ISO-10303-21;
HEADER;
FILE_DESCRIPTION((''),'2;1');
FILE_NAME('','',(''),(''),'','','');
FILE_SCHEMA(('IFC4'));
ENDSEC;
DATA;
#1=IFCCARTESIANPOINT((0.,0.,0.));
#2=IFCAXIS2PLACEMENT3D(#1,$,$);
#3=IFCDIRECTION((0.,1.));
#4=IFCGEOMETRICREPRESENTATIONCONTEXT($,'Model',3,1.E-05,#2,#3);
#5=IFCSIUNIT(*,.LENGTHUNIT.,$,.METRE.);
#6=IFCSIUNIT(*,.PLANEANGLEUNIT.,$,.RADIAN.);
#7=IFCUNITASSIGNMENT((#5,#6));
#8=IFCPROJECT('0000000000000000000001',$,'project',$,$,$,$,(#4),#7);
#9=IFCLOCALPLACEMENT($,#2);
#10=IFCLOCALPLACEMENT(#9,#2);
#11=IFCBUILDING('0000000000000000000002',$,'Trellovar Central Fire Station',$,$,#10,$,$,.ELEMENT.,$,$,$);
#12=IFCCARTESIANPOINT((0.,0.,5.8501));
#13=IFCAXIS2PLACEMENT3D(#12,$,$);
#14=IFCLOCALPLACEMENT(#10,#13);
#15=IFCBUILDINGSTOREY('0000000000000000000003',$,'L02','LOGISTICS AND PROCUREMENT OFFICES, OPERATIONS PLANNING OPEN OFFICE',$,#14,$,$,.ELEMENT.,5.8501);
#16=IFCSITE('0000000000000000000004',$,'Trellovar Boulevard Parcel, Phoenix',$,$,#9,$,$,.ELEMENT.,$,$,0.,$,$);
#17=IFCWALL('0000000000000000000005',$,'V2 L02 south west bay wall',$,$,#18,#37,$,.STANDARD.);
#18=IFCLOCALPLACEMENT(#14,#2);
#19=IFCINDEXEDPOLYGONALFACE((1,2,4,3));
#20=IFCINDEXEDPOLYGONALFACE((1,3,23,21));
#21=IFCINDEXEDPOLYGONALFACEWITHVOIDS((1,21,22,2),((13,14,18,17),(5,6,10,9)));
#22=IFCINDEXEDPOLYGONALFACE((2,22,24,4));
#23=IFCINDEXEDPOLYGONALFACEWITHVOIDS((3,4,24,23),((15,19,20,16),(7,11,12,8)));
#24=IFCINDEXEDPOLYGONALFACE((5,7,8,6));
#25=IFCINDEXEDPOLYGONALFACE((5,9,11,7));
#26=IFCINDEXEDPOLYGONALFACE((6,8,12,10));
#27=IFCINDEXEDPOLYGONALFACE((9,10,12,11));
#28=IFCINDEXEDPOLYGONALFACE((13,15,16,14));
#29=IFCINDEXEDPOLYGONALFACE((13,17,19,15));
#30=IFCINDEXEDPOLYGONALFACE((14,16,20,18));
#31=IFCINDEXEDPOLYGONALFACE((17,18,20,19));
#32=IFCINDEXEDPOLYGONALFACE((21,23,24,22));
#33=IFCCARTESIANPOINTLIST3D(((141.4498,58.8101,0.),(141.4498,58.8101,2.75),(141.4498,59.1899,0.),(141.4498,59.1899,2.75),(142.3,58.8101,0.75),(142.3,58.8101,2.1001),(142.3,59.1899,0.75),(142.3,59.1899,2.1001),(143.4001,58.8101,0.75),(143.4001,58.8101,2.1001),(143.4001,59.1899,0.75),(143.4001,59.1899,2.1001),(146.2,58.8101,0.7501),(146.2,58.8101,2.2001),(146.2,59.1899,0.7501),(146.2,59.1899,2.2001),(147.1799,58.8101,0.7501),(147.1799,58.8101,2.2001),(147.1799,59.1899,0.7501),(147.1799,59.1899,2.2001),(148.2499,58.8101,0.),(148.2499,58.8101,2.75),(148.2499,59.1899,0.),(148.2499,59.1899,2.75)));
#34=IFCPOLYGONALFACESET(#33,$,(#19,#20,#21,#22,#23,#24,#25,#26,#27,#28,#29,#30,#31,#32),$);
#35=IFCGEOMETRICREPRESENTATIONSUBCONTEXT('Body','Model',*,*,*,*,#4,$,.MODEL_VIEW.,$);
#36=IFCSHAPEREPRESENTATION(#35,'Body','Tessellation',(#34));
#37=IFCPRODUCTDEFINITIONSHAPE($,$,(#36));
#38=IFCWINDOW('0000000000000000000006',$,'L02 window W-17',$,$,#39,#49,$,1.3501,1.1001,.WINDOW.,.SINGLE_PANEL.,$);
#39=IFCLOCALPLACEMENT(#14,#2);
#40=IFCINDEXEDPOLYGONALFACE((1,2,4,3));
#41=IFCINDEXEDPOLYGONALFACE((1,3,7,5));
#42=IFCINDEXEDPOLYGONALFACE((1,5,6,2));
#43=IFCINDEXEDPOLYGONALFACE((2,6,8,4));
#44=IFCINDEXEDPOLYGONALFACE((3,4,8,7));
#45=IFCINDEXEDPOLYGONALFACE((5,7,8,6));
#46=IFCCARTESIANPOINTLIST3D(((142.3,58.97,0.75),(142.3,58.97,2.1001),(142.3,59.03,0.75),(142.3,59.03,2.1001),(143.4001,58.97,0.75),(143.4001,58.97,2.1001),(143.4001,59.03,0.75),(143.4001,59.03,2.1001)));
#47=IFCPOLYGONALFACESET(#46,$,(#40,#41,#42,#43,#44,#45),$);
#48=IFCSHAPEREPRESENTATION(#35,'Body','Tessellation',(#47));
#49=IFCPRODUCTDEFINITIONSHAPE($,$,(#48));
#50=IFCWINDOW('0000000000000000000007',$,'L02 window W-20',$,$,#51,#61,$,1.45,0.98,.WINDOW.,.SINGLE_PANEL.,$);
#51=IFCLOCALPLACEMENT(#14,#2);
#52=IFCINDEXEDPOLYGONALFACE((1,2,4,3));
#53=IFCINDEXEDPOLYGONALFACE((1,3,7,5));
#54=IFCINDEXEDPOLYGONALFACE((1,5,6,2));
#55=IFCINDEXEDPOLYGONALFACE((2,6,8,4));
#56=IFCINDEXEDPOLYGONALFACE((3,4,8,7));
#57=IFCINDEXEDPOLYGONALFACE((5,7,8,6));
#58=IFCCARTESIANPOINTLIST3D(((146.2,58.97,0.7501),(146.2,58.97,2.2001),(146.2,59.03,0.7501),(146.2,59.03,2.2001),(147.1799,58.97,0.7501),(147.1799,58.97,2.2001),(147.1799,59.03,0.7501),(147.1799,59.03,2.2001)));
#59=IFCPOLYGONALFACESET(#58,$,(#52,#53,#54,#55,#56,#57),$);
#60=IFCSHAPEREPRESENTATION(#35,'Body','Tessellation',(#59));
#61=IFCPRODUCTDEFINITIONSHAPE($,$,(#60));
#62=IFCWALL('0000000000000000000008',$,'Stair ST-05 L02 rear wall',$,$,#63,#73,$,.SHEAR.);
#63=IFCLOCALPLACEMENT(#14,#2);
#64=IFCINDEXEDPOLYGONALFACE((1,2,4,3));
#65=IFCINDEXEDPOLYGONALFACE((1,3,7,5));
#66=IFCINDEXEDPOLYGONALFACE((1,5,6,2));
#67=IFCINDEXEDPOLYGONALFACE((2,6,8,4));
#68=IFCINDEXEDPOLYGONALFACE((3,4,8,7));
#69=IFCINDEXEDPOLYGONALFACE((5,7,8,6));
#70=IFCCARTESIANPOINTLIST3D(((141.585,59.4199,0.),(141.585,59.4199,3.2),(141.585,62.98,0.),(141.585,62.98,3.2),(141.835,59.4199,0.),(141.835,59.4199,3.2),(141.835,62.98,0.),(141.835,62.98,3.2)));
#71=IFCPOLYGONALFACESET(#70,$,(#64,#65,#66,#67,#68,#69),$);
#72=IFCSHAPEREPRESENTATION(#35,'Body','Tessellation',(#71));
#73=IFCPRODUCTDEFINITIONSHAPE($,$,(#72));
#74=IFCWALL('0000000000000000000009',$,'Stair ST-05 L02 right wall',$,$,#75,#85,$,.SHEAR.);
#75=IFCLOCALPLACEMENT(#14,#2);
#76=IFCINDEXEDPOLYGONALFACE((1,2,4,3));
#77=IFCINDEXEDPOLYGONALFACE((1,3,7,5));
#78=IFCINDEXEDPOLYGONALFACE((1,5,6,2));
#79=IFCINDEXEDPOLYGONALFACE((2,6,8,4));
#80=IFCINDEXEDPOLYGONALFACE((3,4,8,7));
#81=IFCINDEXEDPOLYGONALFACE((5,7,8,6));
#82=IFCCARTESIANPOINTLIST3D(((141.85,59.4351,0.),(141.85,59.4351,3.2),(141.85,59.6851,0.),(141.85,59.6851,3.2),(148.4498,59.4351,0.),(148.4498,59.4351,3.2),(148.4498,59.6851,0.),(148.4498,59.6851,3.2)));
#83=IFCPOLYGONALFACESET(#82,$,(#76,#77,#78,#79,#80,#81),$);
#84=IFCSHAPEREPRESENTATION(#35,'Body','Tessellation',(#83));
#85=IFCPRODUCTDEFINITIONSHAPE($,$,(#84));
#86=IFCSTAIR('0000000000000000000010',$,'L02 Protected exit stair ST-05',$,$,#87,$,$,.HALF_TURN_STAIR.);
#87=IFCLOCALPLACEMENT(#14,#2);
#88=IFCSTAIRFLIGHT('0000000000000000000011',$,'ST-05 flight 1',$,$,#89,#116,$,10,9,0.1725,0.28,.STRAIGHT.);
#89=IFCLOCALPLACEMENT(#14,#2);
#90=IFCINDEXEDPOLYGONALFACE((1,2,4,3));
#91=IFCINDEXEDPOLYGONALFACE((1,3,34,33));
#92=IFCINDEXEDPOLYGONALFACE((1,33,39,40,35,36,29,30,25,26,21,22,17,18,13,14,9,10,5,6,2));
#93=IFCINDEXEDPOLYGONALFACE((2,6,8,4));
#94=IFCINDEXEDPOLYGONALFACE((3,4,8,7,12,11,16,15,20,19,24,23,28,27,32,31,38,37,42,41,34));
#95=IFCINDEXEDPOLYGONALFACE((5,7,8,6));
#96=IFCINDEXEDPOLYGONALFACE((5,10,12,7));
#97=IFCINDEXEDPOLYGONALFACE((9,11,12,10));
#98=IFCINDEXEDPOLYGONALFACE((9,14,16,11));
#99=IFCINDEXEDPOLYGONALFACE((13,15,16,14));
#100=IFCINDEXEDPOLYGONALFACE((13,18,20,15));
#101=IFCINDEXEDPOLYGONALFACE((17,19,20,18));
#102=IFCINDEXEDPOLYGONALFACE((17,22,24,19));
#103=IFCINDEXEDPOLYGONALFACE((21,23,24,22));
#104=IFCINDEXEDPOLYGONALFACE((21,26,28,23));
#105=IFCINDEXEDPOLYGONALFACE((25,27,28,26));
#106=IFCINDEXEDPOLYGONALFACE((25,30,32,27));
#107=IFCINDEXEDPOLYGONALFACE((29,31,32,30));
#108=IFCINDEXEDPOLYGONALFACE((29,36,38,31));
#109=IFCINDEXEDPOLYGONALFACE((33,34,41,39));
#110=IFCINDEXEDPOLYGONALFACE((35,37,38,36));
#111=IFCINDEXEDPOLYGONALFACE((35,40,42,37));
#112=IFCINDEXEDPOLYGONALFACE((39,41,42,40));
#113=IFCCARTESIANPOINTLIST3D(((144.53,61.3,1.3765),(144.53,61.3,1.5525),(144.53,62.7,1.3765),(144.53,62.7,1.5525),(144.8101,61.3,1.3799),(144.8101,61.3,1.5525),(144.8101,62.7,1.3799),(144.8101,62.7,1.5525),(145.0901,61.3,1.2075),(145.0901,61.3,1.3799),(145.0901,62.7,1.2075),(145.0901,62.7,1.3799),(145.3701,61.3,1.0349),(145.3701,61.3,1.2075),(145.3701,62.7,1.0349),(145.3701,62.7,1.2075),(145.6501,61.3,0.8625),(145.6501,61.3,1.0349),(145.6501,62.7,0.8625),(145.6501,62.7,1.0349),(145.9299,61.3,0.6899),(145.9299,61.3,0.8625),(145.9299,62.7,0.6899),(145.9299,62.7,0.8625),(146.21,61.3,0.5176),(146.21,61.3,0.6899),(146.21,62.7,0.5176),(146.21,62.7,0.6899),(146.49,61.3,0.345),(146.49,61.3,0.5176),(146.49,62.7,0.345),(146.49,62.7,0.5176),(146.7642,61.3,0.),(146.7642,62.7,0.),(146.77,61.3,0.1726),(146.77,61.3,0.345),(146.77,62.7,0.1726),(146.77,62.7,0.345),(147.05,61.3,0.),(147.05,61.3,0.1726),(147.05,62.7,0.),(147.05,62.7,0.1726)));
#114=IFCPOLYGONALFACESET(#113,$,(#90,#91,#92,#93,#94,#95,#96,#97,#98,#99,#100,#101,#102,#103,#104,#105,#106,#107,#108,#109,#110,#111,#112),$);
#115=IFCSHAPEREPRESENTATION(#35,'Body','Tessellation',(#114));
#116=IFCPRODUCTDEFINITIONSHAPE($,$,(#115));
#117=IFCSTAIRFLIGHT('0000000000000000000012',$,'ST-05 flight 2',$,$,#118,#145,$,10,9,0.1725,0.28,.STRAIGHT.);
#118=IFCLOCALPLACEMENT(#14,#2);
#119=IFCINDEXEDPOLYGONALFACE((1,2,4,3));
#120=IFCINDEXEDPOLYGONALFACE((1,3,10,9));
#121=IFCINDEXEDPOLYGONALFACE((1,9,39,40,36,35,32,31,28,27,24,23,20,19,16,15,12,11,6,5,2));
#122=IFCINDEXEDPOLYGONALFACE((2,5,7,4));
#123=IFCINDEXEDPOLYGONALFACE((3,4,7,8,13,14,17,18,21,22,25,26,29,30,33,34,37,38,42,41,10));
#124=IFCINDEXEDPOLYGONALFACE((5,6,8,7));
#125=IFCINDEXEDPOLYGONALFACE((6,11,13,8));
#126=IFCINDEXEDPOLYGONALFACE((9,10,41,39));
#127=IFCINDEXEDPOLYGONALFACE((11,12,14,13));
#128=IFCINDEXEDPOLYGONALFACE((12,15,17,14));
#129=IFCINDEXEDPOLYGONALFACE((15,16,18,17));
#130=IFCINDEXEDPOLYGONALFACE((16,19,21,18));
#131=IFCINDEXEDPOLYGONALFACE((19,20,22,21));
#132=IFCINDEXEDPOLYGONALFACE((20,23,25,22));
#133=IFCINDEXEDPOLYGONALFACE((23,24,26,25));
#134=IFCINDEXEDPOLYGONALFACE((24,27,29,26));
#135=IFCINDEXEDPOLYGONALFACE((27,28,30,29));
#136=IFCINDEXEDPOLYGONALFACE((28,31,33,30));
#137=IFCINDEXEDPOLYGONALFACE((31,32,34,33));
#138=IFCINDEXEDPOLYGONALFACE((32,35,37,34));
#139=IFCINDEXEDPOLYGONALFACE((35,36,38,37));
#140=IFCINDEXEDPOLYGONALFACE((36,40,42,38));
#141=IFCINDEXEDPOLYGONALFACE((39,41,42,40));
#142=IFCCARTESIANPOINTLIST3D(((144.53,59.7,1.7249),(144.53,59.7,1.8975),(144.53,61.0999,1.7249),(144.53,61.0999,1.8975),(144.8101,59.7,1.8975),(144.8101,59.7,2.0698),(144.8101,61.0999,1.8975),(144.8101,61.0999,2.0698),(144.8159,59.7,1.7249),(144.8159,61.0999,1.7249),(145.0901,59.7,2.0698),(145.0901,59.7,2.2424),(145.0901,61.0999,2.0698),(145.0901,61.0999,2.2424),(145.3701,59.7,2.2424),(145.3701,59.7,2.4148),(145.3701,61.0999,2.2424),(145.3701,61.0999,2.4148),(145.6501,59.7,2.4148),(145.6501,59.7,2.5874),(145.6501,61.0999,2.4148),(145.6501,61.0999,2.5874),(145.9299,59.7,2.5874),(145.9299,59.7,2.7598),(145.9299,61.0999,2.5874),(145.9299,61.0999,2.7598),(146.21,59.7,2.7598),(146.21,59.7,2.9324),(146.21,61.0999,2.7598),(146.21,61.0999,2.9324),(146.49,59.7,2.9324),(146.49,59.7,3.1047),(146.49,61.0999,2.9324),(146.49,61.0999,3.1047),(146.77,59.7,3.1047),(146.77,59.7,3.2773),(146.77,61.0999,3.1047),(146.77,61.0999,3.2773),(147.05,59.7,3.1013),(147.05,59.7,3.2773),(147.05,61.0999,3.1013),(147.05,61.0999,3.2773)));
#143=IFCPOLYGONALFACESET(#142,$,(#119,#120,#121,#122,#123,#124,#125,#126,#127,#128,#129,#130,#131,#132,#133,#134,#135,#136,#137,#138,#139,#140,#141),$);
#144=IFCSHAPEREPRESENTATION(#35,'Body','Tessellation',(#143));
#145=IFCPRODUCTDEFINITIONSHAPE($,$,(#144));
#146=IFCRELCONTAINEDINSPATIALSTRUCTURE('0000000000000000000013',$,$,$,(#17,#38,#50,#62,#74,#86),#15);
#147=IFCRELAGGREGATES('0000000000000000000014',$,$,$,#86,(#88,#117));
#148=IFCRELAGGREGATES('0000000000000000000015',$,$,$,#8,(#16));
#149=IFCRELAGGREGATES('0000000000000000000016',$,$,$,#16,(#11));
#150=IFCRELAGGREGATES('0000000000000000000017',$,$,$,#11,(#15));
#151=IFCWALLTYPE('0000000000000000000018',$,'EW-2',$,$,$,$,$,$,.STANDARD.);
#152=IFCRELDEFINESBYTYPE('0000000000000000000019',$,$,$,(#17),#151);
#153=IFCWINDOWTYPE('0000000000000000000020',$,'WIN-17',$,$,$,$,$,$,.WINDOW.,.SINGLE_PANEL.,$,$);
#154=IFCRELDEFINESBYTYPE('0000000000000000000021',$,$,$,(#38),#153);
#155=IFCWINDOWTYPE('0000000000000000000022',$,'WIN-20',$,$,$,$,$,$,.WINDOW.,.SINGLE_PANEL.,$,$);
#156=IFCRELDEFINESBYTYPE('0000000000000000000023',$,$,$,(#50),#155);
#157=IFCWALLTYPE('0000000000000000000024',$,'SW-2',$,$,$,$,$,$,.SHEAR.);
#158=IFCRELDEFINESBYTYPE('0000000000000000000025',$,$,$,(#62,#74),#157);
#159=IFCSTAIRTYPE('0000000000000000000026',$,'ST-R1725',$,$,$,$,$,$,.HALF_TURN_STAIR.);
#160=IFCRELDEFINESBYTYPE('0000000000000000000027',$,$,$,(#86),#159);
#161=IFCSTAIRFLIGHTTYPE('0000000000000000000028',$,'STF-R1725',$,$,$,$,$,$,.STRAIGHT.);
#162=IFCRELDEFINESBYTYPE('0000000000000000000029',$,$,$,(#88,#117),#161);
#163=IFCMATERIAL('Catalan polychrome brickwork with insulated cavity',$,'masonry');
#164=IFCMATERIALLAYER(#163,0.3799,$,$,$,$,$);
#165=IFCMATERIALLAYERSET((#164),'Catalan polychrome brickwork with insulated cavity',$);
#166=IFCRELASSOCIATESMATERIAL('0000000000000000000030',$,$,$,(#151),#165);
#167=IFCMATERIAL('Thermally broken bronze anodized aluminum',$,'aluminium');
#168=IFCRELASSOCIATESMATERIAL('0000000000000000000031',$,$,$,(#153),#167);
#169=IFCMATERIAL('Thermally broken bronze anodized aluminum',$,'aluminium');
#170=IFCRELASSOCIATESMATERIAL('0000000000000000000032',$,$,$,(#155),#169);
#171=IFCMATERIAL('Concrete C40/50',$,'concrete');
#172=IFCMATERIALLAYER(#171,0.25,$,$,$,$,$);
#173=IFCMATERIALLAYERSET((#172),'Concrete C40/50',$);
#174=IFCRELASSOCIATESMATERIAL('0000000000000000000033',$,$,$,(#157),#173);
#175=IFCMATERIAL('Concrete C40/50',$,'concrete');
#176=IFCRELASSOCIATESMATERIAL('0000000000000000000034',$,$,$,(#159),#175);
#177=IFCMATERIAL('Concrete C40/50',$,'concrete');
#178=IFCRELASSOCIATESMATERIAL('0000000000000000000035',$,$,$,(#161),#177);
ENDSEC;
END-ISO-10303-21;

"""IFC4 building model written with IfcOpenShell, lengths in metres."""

from ifc_helpers import new_model, si_unit, direction, frame, frame_2d, origin, place, context, subcontext, project, spatial, polyline, rectangle, outline, extrude, material, layer, layer_set, type_object, element, fill, aggregate, save


model = new_model("IFC4")

# Units and contexts
model_context = context("Model", 3, precision=1e-05, world=origin(), true_north=direction((0.0, 1.0)))
body_context = subcontext(model_context, "Body", "Model", "MODEL_VIEW")
ifc_project = project(units=[si_unit("LENGTHUNIT", "METRE"), si_unit("PLANEANGLEUNIT", "RADIAN")], contexts=[model_context])

# Site, building, storey
site_placement = place(None, origin())
site = spatial("IfcSite", under=ifc_project, at=site_placement, Name="Trellovar Boulevard Parcel, Phoenix", CompositionType="ELEMENT", RefElevation=0.0)
building_placement = place(site_placement, origin())
building = spatial("IfcBuilding", under=site, at=building_placement, Name="Trellovar Central Fire Station", CompositionType="ELEMENT")
storey_placement = place(building_placement, frame((0.0, 0.0, 5.8501)))
storey = spatial("IfcBuildingStorey", under=building, at=storey_placement, Name="L02", Description="LOGISTICS AND PROCUREMENT OFFICES, OPERATIONS PLANNING OPEN OFFICE", CompositionType="ELEMENT", Elevation=5.8501)

# Wall, openings, windows
ifc_material_1 = material(Name="Catalan polychrome brickwork with insulated cavity", Category="masonry")
ifc_layer_1 = layer(ifc_material_1, 0.3799)
ifc_layer_set_1 = layer_set([ifc_layer_1], Name="Catalan polychrome brickwork with insulated cavity")
wall_type_1 = type_object("IfcWallType", Name="EW-2", PredefinedType="STANDARD", material=ifc_layer_set_1)
wall_1_placement = place(storey_placement, frame((141.45, 59.0, 0.0), z_axis=(0.0, 0.0, 1.0), x_axis=(1.0, 0.0, 0.0)))
wall_1 = element("IfcWall", 1, at=wall_1_placement, inside=storey, type_object=wall_type_1, Name="V2 L02 south west bay wall", PredefinedType="STANDARD", context=body_context, shape_type="SweptSolid", body=[
    extrude(rectangle(XDim=6.8, YDim=0.3799, at=frame_2d((3.3999, 0.0))), origin(), (0.0, 0.0, 1.0), 2.75),
])
opening_1_placement = place(wall_1_placement, frame((0.8501, 0.0, 0.75)))
opening_1 = element("IfcOpeningElement", 2, at=opening_1_placement, cuts=wall_1, PredefinedType="OPENING", context=body_context, shape_type="SweptSolid", body=[
    extrude(rectangle(XDim=1.1001, YDim=1.3501, at=frame_2d((0.55, 0.675))), frame((0.0, 0.2, 0.0), z_axis=(0.0, -1.0, 0.0), x_axis=(1.0, 0.0, 0.0)), (0.0, 0.0, 1.0), 0.3999),
])
opening_2_placement = place(wall_1_placement, frame((4.75, 0.0, 0.75)))
opening_2 = element("IfcOpeningElement", 3, at=opening_2_placement, cuts=wall_1, PredefinedType="OPENING", context=body_context, shape_type="SweptSolid", body=[
    extrude(rectangle(XDim=0.98, YDim=1.45, at=frame_2d((0.49, 0.7251))), frame((0.0, 0.2, 0.0), z_axis=(0.0, -1.0, 0.0), x_axis=(1.0, 0.0, 0.0)), (0.0, 0.0, 1.0), 0.3999),
])
ifc_material_2 = material(Name="Thermally broken bronze anodized aluminum", Category="aluminium")
window_type_1 = type_object("IfcWindowType", Name="WIN-17", PartitioningType="SINGLE_PANEL", PredefinedType="WINDOW", material=ifc_material_2)
window_1_placement = place(opening_1_placement, origin())
window_1 = element("IfcWindow", 4, at=window_1_placement, inside=storey, type_object=window_type_1, Name="L02 window W-17", OverallHeight=1.3501, OverallWidth=1.1001, PartitioningType="SINGLE_PANEL", PredefinedType="WINDOW", context=body_context, shape_type="SweptSolid", body=[
    extrude(rectangle(XDim=1.1001, YDim=1.3501, at=frame_2d((0.55, 0.675))), frame((0.0, 0.03, 0.0), z_axis=(0.0, -1.0, 0.0), x_axis=(1.0, 0.0, 0.0)), (0.0, 0.0, 1.0), 0.0601),
])
fill(opening_1, window_1)
ifc_material_3 = material(Name="Thermally broken bronze anodized aluminum", Category="aluminium")
window_type_2 = type_object("IfcWindowType", Name="WIN-20", PartitioningType="SINGLE_PANEL", PredefinedType="WINDOW", material=ifc_material_3)
window_2_placement = place(opening_2_placement, origin())
window_2 = element("IfcWindow", 5, at=window_2_placement, inside=storey, type_object=window_type_2, Name="L02 window W-20", OverallHeight=1.45, OverallWidth=0.98, PartitioningType="SINGLE_PANEL", PredefinedType="WINDOW", context=body_context, shape_type="SweptSolid", body=[
    extrude(rectangle(XDim=0.98, YDim=1.45, at=frame_2d((0.49, 0.7251))), frame((0.0, 0.03, 0.0), z_axis=(0.0, -1.0, 0.0), x_axis=(1.0, 0.0, 0.0)), (0.0, 0.0, 1.0), 0.0601),
])
fill(opening_2, window_2)

# Walls
ifc_material_4 = material(Name="Concrete C40/50", Category="concrete")
ifc_layer_2 = layer(ifc_material_4, 0.25)
ifc_layer_set_2 = layer_set([ifc_layer_2], Name="Concrete C40/50")
wall_type_2 = type_object("IfcWallType", Name="SW-2", PredefinedType="SHEAR", material=ifc_layer_set_2)
wall_2_placement = place(storey_placement, frame((141.71, 59.4199, 0.0), z_axis=(0.0, 0.0, 1.0), x_axis=(0.0, 1.0, 0.0)))
element("IfcWall", 6, at=wall_2_placement, inside=storey, type_object=wall_type_2, Name="Stair ST-05 L02 rear wall", PredefinedType="SHEAR", context=body_context, shape_type="SweptSolid", body=[
    extrude(rectangle(XDim=3.5601, YDim=0.25, at=frame_2d((1.78, 0.0))), origin(), (0.0, 0.0, 1.0), 3.2),
])
wall_3_placement = place(storey_placement, frame((141.8501, 59.5601, 0.0), z_axis=(0.0, 0.0, 1.0), x_axis=(1.0, 0.0, 0.0)))
element("IfcWall", 7, at=wall_3_placement, inside=storey, type_object=wall_type_2, Name="Stair ST-05 L02 right wall", PredefinedType="SHEAR", context=body_context, shape_type="SweptSolid", body=[
    extrude(rectangle(XDim=6.5999, YDim=0.25, at=frame_2d((3.2998, 0.0))), origin(), (0.0, 0.0, 1.0), 3.2),
])

# Stair, stair flights
ifc_material_5 = material(Name="Concrete C40/50", Category="concrete")
stair_type = type_object("IfcStairType", Name="ST-R1725", PredefinedType="HALF_TURN_STAIR", material=ifc_material_5)
stair_placement = place(storey_placement, origin())
stair = element("IfcStair", 8, at=stair_placement, inside=storey, type_object=stair_type, Name="L02 Protected exit stair ST-05", PredefinedType="HALF_TURN_STAIR")
ifc_material_6 = material(Name="Concrete C40/50", Category="concrete")
stair_flight_type = type_object("IfcStairFlightType", Name="STF-R1725", PredefinedType="STRAIGHT", material=ifc_material_6)
stair_flight_1_placement = place(storey_placement, frame((147.05, 62.0, 0.0), z_axis=(0.0, 0.0, 1.0), x_axis=(-1.0, 0.0, 0.0)))
stair_flight_1 = element("IfcStairFlight", 9, at=stair_flight_1_placement, type_object=stair_flight_type, Name="ST-05 flight 1", NumberOfRisers=10, NumberOfTreads=9, PredefinedType="STRAIGHT", RiserHeight=0.1725, TreadLength=0.28, context=body_context, shape_type="SweptSolid", body=[
    extrude(outline(polyline([(0.0, 0.0), (0.0, 0.1726), (0.28, 0.1726), (0.28, 0.345), (0.5601, 0.345), (0.5601, 0.5176), (0.8401, 0.5176), (0.8401, 0.6899), (1.1201, 0.6899), (1.1201, 0.8625), (1.3999, 0.8625), (1.3999, 1.0349), (1.6799, 1.0349), (1.6799, 1.2075), (1.96, 1.2075), (1.96, 1.3799), (2.24, 1.3799), (2.24, 1.5525), (2.52, 1.5525), (2.52, 1.7251), (2.52, 1.3765), (0.2859, 0.0), (0.0, 0.0)])), frame((0.0, 0.7, 0.0), z_axis=(0.0, -1.0, 0.0), x_axis=(1.0, 0.0, 0.0)), (0.0, 0.0, 1.0), 1.3999),
])
stair_flight_2_placement = place(storey_placement, frame((144.53, 60.3999, 1.7249), z_axis=(0.0, 0.0, 1.0), x_axis=(1.0, 0.0, 0.0)))
stair_flight_2 = element("IfcStairFlight", 10, at=stair_flight_2_placement, type_object=stair_flight_type, Name="ST-05 flight 2", NumberOfRisers=10, NumberOfTreads=9, PredefinedType="STRAIGHT", RiserHeight=0.1725, TreadLength=0.28, context=body_context, shape_type="SweptSolid", body=[
    extrude(outline(polyline([(0.0, 0.0), (0.0, 0.1726), (0.28, 0.1726), (0.28, 0.345), (0.5601, 0.345), (0.5601, 0.5176), (0.8401, 0.5176), (0.8401, 0.6899), (1.1201, 0.6899), (1.1201, 0.8625), (1.3999, 0.8625), (1.3999, 1.0349), (1.6799, 1.0349), (1.6799, 1.2075), (1.96, 1.2075), (1.96, 1.3799), (2.24, 1.3799), (2.24, 1.5525), (2.52, 1.5525), (2.52, 1.7251), (2.52, 1.3765), (0.2859, 0.0), (0.0, 0.0)])), frame((0.0, 0.7, 0.0), z_axis=(0.0, -1.0, 0.0), x_axis=(1.0, 0.0, 0.0)), (0.0, 0.0, 1.0), 1.3999),
])
aggregate(stair, [stair_flight_1, stair_flight_2])

save(model, "model.ifc")
